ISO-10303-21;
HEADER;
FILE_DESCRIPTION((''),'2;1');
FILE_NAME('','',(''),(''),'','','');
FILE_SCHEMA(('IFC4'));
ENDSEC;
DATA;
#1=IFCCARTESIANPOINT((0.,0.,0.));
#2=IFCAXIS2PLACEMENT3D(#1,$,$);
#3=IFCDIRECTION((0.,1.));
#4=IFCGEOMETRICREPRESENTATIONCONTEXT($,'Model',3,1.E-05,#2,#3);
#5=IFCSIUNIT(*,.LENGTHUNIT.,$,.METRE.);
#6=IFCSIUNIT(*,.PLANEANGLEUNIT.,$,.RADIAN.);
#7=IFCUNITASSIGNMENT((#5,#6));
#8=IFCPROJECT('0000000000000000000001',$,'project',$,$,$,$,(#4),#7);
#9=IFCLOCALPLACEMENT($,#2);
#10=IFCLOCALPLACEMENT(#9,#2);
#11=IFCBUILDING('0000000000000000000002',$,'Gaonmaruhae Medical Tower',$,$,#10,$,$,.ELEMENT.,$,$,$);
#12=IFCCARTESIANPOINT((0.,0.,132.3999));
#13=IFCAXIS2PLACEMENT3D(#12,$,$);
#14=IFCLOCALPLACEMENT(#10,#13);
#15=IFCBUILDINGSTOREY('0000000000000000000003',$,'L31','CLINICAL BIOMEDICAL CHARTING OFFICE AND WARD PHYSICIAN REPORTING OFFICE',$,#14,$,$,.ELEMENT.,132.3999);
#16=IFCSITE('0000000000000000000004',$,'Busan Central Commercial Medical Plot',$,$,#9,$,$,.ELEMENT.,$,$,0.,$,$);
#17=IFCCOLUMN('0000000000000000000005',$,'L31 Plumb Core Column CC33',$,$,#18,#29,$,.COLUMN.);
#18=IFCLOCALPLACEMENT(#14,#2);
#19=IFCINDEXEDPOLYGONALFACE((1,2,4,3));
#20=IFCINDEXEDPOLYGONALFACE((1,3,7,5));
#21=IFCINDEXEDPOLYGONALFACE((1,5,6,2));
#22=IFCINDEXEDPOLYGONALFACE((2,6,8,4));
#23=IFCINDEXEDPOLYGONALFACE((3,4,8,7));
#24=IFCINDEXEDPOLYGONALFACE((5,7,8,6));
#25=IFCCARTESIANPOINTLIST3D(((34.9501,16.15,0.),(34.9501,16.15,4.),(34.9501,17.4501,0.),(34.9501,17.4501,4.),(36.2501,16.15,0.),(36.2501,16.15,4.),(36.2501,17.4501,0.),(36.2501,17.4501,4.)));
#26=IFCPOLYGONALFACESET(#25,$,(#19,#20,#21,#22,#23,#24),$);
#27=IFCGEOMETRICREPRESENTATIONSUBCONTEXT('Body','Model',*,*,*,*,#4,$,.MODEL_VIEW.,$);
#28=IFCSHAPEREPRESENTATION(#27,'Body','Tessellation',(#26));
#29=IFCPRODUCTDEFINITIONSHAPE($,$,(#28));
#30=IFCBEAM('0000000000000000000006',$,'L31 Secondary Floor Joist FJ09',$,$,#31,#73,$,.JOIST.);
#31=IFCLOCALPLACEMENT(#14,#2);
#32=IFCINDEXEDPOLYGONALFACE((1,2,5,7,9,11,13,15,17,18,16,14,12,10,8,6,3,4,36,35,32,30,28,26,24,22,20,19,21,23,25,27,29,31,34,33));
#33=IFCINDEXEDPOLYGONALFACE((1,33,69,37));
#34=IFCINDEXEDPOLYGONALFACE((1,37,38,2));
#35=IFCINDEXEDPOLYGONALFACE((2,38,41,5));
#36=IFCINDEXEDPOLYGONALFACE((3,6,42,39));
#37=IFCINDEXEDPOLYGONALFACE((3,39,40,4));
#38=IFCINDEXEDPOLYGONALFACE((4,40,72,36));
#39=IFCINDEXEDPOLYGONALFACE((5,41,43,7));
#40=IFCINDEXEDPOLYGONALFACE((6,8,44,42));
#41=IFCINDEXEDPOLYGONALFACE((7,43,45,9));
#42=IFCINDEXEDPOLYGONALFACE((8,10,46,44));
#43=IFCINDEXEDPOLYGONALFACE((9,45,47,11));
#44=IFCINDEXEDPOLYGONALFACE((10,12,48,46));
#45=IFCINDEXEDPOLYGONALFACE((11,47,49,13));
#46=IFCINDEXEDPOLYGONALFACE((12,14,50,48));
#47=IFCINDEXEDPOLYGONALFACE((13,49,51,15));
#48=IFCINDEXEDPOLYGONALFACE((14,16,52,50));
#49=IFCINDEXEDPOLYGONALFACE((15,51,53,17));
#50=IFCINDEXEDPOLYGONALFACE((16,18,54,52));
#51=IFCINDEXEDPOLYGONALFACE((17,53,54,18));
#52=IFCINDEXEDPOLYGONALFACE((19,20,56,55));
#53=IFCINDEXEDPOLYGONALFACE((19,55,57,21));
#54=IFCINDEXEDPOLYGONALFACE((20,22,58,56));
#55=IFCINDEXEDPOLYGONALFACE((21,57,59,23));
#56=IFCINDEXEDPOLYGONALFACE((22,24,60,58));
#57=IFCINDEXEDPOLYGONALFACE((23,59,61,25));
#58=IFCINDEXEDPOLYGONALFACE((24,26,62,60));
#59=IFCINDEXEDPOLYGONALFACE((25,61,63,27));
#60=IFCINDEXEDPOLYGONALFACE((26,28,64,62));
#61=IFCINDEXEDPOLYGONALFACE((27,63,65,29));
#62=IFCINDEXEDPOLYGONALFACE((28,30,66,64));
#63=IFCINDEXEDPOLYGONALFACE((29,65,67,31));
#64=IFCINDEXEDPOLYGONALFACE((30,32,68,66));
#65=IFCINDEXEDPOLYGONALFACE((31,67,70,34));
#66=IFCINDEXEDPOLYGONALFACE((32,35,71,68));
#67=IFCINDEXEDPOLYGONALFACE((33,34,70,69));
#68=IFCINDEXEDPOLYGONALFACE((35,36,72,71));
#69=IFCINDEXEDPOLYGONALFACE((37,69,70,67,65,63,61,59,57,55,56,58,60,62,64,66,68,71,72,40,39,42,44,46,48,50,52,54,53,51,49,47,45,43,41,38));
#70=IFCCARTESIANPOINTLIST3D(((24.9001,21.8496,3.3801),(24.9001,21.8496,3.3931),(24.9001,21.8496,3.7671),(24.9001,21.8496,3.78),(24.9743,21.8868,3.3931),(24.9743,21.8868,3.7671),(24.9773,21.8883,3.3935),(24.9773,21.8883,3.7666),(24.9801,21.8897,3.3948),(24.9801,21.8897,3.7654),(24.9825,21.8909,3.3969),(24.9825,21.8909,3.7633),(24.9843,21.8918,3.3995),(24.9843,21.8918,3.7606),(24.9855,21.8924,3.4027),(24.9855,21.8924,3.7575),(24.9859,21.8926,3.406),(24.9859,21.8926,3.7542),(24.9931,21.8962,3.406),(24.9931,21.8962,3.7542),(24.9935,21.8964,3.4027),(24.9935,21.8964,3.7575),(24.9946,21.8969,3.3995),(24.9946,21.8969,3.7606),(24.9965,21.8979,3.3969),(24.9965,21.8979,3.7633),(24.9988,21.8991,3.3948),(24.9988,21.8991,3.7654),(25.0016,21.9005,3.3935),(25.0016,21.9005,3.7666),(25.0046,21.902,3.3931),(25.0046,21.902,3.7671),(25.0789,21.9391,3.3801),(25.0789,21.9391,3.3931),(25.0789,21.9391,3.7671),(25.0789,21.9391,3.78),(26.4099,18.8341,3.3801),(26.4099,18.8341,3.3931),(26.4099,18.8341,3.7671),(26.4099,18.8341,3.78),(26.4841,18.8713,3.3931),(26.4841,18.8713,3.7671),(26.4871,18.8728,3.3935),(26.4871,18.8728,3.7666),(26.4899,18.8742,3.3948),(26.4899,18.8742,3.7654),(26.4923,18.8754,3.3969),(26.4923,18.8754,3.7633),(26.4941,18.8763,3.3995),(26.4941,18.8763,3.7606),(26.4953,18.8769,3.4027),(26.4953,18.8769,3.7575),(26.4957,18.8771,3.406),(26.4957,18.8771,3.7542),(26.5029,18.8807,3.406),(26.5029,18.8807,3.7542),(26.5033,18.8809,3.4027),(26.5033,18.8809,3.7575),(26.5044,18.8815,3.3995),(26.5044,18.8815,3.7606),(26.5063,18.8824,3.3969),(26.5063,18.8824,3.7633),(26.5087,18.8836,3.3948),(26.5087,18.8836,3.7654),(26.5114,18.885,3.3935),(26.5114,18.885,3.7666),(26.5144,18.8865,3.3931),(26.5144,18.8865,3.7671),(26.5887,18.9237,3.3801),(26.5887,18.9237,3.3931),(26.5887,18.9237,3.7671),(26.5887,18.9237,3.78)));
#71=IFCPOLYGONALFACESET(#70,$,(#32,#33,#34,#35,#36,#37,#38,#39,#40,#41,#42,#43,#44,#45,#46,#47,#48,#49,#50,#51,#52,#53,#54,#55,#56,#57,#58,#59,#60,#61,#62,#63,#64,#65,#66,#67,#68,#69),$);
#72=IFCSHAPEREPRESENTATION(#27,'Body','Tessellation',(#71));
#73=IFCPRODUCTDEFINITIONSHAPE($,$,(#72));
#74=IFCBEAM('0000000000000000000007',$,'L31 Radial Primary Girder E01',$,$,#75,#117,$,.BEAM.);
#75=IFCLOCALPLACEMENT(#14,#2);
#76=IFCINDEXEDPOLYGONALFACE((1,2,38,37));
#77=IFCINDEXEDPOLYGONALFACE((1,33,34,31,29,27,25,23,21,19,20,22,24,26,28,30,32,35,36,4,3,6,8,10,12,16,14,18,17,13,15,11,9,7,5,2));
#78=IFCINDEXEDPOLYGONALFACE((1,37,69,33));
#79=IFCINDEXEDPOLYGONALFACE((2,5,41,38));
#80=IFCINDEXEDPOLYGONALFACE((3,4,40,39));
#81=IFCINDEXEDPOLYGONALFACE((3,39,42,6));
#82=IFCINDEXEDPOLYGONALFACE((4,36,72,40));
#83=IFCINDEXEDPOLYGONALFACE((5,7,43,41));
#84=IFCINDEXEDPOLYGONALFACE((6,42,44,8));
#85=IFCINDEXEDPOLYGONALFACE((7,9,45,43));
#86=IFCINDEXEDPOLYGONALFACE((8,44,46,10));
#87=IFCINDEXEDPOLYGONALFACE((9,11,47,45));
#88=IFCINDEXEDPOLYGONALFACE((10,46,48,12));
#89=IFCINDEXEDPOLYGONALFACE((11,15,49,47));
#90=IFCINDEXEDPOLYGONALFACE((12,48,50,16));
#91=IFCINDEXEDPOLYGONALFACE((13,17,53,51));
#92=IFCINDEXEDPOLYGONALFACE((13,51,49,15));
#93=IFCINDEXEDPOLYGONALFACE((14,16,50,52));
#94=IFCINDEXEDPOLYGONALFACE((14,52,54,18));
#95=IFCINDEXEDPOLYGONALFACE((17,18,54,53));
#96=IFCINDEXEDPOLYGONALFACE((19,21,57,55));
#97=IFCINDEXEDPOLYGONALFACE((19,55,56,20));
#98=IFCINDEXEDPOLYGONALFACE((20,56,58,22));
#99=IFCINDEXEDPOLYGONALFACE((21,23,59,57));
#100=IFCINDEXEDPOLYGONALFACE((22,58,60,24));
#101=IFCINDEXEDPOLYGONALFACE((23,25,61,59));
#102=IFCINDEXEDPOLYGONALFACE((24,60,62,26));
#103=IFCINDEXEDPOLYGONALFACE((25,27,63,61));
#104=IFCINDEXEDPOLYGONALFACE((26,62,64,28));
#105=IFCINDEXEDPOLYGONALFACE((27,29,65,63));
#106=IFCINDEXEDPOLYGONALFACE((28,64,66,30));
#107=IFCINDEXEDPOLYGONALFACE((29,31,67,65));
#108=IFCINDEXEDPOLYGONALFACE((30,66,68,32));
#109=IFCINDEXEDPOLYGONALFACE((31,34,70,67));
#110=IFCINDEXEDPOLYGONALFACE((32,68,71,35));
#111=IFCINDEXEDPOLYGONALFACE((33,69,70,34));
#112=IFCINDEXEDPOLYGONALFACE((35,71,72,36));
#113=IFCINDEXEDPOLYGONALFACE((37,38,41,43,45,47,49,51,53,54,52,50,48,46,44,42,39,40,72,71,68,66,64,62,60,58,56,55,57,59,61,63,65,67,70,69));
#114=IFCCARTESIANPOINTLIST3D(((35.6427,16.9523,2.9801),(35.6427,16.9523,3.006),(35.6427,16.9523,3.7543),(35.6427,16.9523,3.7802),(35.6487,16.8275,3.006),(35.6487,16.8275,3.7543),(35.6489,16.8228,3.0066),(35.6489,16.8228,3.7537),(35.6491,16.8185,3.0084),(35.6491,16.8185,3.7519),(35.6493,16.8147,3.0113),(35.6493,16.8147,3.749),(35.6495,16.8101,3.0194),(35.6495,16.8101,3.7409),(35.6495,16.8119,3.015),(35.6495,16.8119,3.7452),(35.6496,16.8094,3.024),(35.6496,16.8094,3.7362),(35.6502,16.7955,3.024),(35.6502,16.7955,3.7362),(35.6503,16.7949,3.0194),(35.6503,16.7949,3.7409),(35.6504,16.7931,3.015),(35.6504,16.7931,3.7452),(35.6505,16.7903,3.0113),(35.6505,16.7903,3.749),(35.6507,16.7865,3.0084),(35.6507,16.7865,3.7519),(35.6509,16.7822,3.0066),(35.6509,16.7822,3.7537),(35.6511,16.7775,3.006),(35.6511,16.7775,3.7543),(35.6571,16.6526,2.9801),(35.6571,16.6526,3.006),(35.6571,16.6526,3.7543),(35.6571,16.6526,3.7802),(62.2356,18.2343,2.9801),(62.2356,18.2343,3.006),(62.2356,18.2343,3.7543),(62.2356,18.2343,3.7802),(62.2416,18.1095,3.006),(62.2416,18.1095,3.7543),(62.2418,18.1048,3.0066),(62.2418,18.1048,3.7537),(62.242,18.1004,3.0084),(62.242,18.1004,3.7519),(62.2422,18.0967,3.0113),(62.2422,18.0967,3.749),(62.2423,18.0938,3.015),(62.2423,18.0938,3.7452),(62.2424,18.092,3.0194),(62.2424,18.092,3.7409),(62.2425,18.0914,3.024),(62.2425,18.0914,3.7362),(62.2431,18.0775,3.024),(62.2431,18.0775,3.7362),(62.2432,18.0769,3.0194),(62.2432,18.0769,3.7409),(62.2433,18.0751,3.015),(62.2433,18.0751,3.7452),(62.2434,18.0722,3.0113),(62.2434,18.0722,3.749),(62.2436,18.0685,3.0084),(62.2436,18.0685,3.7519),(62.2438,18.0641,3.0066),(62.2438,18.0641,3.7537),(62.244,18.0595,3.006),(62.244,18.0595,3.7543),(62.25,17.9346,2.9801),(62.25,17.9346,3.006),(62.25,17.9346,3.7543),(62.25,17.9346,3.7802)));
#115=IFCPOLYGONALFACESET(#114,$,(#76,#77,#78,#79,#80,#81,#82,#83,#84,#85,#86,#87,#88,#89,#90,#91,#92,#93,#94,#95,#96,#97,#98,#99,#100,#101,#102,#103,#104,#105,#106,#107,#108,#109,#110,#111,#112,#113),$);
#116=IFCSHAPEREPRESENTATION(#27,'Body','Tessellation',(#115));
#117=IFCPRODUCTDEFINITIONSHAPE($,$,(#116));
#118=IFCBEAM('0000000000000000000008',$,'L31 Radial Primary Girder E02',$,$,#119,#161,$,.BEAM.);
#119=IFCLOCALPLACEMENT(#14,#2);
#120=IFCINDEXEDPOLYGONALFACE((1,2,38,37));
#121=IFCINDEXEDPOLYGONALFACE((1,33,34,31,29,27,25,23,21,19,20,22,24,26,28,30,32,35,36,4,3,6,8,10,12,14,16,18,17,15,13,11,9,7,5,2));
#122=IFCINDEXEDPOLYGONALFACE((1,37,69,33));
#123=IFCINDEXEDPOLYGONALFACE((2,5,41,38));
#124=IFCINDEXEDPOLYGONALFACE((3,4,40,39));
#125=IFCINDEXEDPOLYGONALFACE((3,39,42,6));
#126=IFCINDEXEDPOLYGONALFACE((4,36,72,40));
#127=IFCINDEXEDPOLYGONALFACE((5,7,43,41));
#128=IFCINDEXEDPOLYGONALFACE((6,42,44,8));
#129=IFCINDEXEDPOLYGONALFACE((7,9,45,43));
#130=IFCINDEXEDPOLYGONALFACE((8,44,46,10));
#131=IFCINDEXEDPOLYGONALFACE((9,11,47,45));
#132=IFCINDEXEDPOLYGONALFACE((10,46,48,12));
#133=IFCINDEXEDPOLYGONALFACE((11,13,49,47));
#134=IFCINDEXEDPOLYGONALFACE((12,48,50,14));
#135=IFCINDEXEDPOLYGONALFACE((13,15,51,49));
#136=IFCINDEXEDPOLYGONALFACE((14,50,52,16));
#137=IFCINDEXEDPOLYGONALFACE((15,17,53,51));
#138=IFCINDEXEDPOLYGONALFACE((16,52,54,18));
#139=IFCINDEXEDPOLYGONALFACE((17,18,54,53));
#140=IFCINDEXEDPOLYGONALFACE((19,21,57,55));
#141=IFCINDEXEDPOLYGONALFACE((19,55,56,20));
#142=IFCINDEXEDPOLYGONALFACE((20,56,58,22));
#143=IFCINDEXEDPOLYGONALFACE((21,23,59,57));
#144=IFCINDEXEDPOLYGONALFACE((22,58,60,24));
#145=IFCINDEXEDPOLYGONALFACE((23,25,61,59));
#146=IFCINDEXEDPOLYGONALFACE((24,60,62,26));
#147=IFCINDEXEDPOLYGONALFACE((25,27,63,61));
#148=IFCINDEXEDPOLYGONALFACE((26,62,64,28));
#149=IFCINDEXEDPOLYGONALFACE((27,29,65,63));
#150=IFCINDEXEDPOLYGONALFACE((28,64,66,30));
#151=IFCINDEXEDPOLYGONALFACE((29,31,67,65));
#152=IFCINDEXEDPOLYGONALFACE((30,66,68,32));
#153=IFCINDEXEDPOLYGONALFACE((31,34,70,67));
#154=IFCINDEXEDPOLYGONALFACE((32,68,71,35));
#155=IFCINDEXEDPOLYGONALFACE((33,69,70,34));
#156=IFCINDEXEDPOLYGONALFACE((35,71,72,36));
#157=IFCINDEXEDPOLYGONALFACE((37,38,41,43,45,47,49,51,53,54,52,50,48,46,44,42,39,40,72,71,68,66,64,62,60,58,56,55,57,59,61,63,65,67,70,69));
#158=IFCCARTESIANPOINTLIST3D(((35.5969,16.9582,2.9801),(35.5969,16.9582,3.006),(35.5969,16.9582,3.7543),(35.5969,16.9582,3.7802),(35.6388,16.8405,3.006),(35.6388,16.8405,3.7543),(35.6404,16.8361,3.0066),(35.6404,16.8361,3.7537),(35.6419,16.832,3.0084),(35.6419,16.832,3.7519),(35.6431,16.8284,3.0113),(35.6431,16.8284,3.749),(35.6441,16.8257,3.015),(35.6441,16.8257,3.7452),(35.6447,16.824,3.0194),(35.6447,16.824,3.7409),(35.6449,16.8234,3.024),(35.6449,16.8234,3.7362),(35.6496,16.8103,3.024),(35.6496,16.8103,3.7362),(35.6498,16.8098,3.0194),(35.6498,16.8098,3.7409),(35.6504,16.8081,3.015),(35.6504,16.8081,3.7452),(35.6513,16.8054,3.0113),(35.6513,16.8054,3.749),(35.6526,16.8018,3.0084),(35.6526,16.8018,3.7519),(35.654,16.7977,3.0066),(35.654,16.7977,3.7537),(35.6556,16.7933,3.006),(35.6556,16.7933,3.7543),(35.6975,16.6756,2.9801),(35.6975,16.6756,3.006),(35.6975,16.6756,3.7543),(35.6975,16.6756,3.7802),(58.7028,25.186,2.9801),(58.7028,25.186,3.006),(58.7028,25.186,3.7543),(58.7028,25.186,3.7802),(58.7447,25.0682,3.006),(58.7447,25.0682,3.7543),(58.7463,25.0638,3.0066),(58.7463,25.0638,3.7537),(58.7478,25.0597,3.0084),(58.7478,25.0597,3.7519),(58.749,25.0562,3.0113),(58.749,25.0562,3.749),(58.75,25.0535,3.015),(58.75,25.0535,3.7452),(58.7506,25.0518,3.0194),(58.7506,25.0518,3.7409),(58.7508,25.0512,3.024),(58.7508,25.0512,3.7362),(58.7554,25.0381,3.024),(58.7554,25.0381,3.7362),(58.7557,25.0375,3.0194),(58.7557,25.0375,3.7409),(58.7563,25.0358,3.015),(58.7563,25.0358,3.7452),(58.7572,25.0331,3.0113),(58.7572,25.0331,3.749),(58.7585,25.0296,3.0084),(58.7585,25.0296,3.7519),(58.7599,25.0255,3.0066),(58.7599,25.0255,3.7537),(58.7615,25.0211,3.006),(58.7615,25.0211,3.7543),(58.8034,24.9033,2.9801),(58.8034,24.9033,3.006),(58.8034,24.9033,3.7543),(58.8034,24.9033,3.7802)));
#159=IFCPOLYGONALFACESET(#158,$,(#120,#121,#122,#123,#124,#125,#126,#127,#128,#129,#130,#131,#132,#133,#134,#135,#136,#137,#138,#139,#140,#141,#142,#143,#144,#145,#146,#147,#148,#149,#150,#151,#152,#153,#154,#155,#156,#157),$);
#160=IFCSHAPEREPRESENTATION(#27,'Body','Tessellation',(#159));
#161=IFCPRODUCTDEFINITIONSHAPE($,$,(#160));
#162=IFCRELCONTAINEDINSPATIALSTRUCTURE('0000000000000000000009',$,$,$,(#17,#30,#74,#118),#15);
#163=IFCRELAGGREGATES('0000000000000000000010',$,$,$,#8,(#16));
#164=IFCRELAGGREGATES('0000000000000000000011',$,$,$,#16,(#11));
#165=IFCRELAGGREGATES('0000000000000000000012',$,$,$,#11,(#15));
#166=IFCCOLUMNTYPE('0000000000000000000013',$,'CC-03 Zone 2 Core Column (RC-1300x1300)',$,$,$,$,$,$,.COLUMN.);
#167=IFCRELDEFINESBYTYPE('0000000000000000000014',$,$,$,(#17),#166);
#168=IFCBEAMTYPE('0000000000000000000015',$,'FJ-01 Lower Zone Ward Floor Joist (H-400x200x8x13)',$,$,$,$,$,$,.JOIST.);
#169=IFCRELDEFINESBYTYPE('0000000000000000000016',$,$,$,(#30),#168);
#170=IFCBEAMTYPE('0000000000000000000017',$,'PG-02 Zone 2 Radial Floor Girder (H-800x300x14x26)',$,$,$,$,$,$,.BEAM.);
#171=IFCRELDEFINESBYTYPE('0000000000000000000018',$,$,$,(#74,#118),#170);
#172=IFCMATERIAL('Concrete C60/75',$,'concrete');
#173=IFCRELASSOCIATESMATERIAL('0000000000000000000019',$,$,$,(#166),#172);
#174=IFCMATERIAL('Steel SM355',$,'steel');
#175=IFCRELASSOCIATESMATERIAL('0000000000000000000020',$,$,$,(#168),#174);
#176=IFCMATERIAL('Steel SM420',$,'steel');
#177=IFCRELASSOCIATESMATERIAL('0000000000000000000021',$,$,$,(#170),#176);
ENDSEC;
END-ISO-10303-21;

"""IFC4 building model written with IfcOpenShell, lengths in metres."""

from ifc_helpers import new_model, si_unit, direction, frame, origin, origin_2d, place, context, subcontext, project, spatial, rectangle, i_section, extrude, material, material_profile, profile_set, type_object, element, save


model = new_model("IFC4")

# Units and contexts
model_context = context("Model", 3, precision=1e-05, world=origin(), true_north=direction((0.0, 1.0)))
body_context = subcontext(model_context, "Body", "Model", "MODEL_VIEW")
ifc_project = project(units=[si_unit("LENGTHUNIT", "METRE"), si_unit("PLANEANGLEUNIT", "RADIAN")], contexts=[model_context])

# Site, building, storey
site_placement = place(None, origin())
site = spatial("IfcSite", under=ifc_project, at=site_placement, Name="Busan Central Commercial Medical Plot", CompositionType="ELEMENT", RefElevation=0.0)
building_placement = place(site_placement, origin())
building = spatial("IfcBuilding", under=site, at=building_placement, Name="Gaonmaruhae Medical Tower", CompositionType="ELEMENT")
storey_placement = place(building_placement, frame((0.0, 0.0, 132.3999)))
storey = spatial("IfcBuildingStorey", under=building, at=storey_placement, Name="L31", Description="CLINICAL BIOMEDICAL CHARTING OFFICE AND WARD PHYSICIAN REPORTING OFFICE", CompositionType="ELEMENT", Elevation=132.3999)

# Column
ifc_material_1 = material(Name="Concrete C60/75", Category="concrete")
ifc_material_profile_1 = material_profile(ifc_material_1, rectangle(XDim=1.3, YDim=1.3, at=origin_2d()), Name="RC-1300x1300")
ifc_profile_set_1 = profile_set([ifc_material_profile_1], Name="Concrete C60/75")
column_type = type_object("IfcColumnType", Name="CC-03 Zone 2 Core Column (RC-1300x1300)", PredefinedType="COLUMN", material=ifc_profile_set_1)
column_placement = place(storey_placement, frame((35.6001, 16.8, 0.0), z_axis=(0.0, 0.0, 1.0), x_axis=(1.0, 0.0, 0.0)))
element("IfcColumn", 1, at=column_placement, inside=storey, type_object=column_type, Name="L31 Plumb Core Column CC33", PredefinedType="COLUMN", context=body_context, shape_type="SweptSolid", body=[
    extrude(rectangle(XDim=1.3, YDim=1.3, at=origin_2d()), origin(), (0.0, 0.0, 1.0), 4.0),
])

# Beams
ifc_material_2 = material(Name="Steel SM355", Category="steel")
ifc_material_profile_2 = material_profile(ifc_material_2, i_section(OverallWidth=0.2, OverallDepth=0.3999, WebThickness=0.0081, FlangeThickness=0.0129, FilletRadius=0.0129, at=origin_2d()), Name="H-400x200x8x13")
ifc_profile_set_2 = profile_set([ifc_material_profile_2], Name="Steel SM355")
beam_type_1 = type_object("IfcBeamType", Name="FJ-01 Lower Zone Ward Floor Joist (H-400x200x8x13)", PredefinedType="JOIST", material=ifc_profile_set_2)
beam_1_placement = place(storey_placement, frame((26.4993, 18.8789, 3.5801), z_axis=(-0.447706, 0.894181, 0.0), x_axis=(-0.894181, -0.447706, 0.0)))
element("IfcBeam", 2, at=beam_1_placement, inside=storey, type_object=beam_type_1, Name="L31 Secondary Floor Joist FJ09", PredefinedType="JOIST", context=body_context, shape_type="SweptSolid", body=[
    extrude(i_section(OverallWidth=0.2, OverallDepth=0.3999, WebThickness=0.0081, FlangeThickness=0.0129, FilletRadius=0.0129, at=origin_2d()), origin(), (0.0, 0.0, 1.0), 3.3723),
])
ifc_material_3 = material(Name="Steel SM420", Category="steel")
ifc_material_profile_3 = material_profile(ifc_material_3, i_section(OverallWidth=0.3, OverallDepth=0.8, WebThickness=0.0139, FlangeThickness=0.0259, FilletRadius=0.0181, at=origin_2d()), Name="H-800x300x14x26")
ifc_profile_set_3 = profile_set([ifc_material_profile_3], Name="Steel SM420")
beam_type_2 = type_object("IfcBeamType", Name="PG-02 Zone 2 Radial Floor Girder (H-800x300x14x26)", PredefinedType="BEAM", material=ifc_profile_set_3)
beam_2_placement = place(storey_placement, frame((35.6499, 16.8025, 3.3801), z_axis=(0.99884, 0.048152, 0.0), x_axis=(-0.048152, 0.99884, 0.0)))
element("IfcBeam", 3, at=beam_2_placement, inside=storey, type_object=beam_type_2, Name="L31 Radial Primary Girder E01", PredefinedType="BEAM", context=body_context, shape_type="SweptSolid", body=[
    extrude(i_section(OverallWidth=0.3, OverallDepth=0.8, WebThickness=0.0139, FlangeThickness=0.0259, FilletRadius=0.0181, at=origin_2d()), origin(), (0.0, 0.0, 1.0), 26.6238),
])
beam_3_placement = place(storey_placement, frame((35.6472, 16.8169, 3.3801), z_axis=(0.942056, 0.335456, 0.0), x_axis=(-0.335456, 0.942056, 0.0)))
element("IfcBeam", 4, at=beam_3_placement, inside=storey, type_object=beam_type_2, Name="L31 Radial Primary Girder E02", PredefinedType="BEAM", context=body_context, shape_type="SweptSolid", body=[
    extrude(i_section(OverallWidth=0.3, OverallDepth=0.8, WebThickness=0.0139, FlangeThickness=0.0259, FilletRadius=0.0181, at=origin_2d()), origin(), (0.0, 0.0, 1.0), 24.5271),
])

save(model, "model.ifc")
